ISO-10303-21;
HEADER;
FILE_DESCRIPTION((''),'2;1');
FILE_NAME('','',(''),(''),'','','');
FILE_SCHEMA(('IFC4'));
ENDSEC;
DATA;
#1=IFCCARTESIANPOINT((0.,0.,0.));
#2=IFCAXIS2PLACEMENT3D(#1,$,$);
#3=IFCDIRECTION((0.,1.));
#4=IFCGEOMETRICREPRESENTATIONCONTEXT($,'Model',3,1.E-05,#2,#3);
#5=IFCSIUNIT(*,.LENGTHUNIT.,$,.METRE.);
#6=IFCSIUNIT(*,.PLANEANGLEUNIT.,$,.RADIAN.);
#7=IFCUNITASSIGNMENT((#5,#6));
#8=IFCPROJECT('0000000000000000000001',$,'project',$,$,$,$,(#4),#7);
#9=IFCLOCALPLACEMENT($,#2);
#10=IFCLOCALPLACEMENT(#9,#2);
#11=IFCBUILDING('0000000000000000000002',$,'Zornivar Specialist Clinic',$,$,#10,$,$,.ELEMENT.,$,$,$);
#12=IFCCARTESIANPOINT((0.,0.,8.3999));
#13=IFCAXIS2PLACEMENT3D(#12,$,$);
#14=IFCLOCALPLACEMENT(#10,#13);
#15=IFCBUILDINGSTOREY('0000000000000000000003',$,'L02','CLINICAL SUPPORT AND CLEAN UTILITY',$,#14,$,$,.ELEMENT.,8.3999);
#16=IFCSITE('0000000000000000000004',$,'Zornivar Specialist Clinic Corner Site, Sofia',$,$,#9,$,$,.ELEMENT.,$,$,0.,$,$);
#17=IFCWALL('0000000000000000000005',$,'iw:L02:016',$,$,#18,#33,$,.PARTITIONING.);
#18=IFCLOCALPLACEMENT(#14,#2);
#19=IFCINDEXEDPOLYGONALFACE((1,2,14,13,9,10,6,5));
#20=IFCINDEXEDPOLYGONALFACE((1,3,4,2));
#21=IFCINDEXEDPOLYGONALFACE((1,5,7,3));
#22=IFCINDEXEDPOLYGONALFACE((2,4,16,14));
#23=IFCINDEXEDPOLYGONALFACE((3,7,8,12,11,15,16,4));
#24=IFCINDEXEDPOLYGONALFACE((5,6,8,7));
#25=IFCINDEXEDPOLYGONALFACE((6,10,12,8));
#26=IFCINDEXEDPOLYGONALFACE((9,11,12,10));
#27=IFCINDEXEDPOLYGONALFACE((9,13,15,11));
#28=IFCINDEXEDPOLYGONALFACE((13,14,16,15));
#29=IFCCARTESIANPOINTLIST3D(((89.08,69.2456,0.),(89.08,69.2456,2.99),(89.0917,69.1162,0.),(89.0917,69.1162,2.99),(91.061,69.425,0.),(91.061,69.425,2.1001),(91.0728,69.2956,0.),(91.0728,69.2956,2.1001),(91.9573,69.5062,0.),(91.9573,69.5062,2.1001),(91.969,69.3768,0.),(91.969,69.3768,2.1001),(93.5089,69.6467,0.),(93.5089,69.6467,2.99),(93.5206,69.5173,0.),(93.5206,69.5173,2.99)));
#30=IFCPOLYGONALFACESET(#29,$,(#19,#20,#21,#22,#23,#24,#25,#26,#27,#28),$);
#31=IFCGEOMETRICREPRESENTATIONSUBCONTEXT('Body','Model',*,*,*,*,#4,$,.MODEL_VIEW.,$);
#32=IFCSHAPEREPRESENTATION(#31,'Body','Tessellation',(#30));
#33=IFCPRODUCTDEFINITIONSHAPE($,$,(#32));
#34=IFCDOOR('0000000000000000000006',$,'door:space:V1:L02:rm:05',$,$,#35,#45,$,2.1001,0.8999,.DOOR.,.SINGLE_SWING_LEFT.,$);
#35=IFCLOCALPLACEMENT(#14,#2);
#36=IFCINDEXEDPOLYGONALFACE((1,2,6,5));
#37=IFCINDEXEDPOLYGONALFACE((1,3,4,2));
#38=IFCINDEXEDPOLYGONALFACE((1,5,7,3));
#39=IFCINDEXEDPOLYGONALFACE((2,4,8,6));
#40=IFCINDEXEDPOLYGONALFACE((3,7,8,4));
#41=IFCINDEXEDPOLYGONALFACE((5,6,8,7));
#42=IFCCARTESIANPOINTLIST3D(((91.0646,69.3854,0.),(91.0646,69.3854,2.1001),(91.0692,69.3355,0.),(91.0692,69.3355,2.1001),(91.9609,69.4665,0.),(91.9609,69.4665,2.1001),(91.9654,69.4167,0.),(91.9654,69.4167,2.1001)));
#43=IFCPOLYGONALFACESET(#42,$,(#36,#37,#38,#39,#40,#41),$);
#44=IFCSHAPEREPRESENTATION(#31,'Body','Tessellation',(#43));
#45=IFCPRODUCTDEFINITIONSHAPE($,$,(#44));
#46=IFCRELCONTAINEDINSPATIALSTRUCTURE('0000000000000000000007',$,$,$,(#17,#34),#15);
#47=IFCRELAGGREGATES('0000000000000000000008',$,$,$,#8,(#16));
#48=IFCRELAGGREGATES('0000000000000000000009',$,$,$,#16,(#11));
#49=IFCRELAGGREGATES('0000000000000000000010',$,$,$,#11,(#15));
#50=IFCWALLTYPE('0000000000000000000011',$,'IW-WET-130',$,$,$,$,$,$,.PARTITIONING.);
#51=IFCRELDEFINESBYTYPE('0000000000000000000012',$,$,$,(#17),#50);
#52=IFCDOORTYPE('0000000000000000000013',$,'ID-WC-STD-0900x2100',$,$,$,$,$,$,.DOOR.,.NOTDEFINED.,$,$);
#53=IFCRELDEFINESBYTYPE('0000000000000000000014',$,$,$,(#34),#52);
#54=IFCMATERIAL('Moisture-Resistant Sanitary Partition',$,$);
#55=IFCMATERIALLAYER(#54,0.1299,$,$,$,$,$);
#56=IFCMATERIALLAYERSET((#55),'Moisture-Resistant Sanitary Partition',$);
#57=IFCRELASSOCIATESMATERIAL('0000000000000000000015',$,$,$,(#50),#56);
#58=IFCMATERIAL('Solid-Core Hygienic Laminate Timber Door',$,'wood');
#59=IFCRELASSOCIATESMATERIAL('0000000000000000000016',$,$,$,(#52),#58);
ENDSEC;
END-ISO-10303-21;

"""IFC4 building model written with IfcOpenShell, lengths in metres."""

from ifc_helpers import new_model, si_unit, direction, frame, frame_2d, origin, place, context, subcontext, project, spatial, rectangle, extrude, material, layer, layer_set, type_object, element, fill, save


model = new_model("IFC4")

# Units and contexts
model_context = context("Model", 3, precision=1e-05, world=origin(), true_north=direction((0.0, 1.0)))
body_context = subcontext(model_context, "Body", "Model", "MODEL_VIEW")
ifc_project = project(units=[si_unit("LENGTHUNIT", "METRE"), si_unit("PLANEANGLEUNIT", "RADIAN")], contexts=[model_context])

# Site, building, storey
site_placement = place(None, origin())
site = spatial("IfcSite", under=ifc_project, at=site_placement, Name="Zornivar Specialist Clinic Corner Site, Sofia", CompositionType="ELEMENT", RefElevation=0.0)
building_placement = place(site_placement, origin())
building = spatial("IfcBuilding", under=site, at=building_placement, Name="Zornivar Specialist Clinic", CompositionType="ELEMENT")
storey_placement = place(building_placement, frame((0.0, 0.0, 8.3999)))
storey = spatial("IfcBuildingStorey", under=building, at=storey_placement, Name="L02", Description="CLINICAL SUPPORT AND CLEAN UTILITY", CompositionType="ELEMENT", Elevation=8.3999)

# Shared definitions
ifc_material_1 = material(Name="Moisture-Resistant Sanitary Partition")
ifc_layer_1 = layer(ifc_material_1, 0.1299)
ifc_layer_set_1 = layer_set([ifc_layer_1], Name="Moisture-Resistant Sanitary Partition")
wall_type_1 = type_object("IfcWallType", Name="IW-WET-130", PredefinedType="PARTITIONING", material=ifc_layer_set_1)

# Wall, opening, door
wall_1_placement = place(storey_placement, frame((93.5149, 69.582, 0.0), z_axis=(0.0, 0.0, 1.0), x_axis=(-0.995924, -0.090199, 0.0)))
wall_1 = element("IfcWall", 1, at=wall_1_placement, inside=storey, type_object=wall_type_1, Name="iw:L02:016", PredefinedType="PARTITIONING", context=body_context, shape_type="SweptSolid", body=[
    extrude(rectangle(XDim=4.447, YDim=0.1299, at=frame_2d((2.2236, 0.0))), origin(), (0.0, 0.0, 1.0), 2.99),
])
opening_1_placement = place(wall_1_placement, frame((1.5581, 0.0, 0.0)))
opening_1 = element("IfcOpeningElement", 2, at=opening_1_placement, cuts=wall_1, PredefinedType="OPENING", context=body_context, shape_type="SweptSolid", body=[
    extrude(rectangle(XDim=0.8999, YDim=2.1001, at=frame_2d((0.45, 1.05))), frame((0.0, 0.075, 0.0), z_axis=(0.0, -1.0, 0.0), x_axis=(1.0, 0.0, 0.0)), (0.0, 0.0, 1.0), 0.1499),
])
ifc_material_2 = material(Name="Solid-Core Hygienic Laminate Timber Door", Category="wood")
door_type_1 = type_object("IfcDoorType", Name="ID-WC-STD-0900x2100", OperationType="NOTDEFINED", PredefinedType="DOOR", material=ifc_material_2)
door_1_placement = place(opening_1_placement, origin())
door_1 = element("IfcDoor", 3, at=door_1_placement, inside=storey, type_object=door_type_1, Name="door:space:V1:L02:rm:05", OperationType="SINGLE_SWING_LEFT", OverallHeight=2.1001, OverallWidth=0.8999, PredefinedType="DOOR", context=body_context, shape_type="SweptSolid", body=[
    extrude(rectangle(XDim=0.8999, YDim=2.1001, at=frame_2d((0.45, 1.05))), frame((0.0, 0.0249, 0.0), z_axis=(0.0, -1.0, 0.0), x_axis=(1.0, 0.0, 0.0)), (0.0, 0.0, 1.0), 0.05),
])
fill(opening_1, door_1)

save(model, "model.ifc")
